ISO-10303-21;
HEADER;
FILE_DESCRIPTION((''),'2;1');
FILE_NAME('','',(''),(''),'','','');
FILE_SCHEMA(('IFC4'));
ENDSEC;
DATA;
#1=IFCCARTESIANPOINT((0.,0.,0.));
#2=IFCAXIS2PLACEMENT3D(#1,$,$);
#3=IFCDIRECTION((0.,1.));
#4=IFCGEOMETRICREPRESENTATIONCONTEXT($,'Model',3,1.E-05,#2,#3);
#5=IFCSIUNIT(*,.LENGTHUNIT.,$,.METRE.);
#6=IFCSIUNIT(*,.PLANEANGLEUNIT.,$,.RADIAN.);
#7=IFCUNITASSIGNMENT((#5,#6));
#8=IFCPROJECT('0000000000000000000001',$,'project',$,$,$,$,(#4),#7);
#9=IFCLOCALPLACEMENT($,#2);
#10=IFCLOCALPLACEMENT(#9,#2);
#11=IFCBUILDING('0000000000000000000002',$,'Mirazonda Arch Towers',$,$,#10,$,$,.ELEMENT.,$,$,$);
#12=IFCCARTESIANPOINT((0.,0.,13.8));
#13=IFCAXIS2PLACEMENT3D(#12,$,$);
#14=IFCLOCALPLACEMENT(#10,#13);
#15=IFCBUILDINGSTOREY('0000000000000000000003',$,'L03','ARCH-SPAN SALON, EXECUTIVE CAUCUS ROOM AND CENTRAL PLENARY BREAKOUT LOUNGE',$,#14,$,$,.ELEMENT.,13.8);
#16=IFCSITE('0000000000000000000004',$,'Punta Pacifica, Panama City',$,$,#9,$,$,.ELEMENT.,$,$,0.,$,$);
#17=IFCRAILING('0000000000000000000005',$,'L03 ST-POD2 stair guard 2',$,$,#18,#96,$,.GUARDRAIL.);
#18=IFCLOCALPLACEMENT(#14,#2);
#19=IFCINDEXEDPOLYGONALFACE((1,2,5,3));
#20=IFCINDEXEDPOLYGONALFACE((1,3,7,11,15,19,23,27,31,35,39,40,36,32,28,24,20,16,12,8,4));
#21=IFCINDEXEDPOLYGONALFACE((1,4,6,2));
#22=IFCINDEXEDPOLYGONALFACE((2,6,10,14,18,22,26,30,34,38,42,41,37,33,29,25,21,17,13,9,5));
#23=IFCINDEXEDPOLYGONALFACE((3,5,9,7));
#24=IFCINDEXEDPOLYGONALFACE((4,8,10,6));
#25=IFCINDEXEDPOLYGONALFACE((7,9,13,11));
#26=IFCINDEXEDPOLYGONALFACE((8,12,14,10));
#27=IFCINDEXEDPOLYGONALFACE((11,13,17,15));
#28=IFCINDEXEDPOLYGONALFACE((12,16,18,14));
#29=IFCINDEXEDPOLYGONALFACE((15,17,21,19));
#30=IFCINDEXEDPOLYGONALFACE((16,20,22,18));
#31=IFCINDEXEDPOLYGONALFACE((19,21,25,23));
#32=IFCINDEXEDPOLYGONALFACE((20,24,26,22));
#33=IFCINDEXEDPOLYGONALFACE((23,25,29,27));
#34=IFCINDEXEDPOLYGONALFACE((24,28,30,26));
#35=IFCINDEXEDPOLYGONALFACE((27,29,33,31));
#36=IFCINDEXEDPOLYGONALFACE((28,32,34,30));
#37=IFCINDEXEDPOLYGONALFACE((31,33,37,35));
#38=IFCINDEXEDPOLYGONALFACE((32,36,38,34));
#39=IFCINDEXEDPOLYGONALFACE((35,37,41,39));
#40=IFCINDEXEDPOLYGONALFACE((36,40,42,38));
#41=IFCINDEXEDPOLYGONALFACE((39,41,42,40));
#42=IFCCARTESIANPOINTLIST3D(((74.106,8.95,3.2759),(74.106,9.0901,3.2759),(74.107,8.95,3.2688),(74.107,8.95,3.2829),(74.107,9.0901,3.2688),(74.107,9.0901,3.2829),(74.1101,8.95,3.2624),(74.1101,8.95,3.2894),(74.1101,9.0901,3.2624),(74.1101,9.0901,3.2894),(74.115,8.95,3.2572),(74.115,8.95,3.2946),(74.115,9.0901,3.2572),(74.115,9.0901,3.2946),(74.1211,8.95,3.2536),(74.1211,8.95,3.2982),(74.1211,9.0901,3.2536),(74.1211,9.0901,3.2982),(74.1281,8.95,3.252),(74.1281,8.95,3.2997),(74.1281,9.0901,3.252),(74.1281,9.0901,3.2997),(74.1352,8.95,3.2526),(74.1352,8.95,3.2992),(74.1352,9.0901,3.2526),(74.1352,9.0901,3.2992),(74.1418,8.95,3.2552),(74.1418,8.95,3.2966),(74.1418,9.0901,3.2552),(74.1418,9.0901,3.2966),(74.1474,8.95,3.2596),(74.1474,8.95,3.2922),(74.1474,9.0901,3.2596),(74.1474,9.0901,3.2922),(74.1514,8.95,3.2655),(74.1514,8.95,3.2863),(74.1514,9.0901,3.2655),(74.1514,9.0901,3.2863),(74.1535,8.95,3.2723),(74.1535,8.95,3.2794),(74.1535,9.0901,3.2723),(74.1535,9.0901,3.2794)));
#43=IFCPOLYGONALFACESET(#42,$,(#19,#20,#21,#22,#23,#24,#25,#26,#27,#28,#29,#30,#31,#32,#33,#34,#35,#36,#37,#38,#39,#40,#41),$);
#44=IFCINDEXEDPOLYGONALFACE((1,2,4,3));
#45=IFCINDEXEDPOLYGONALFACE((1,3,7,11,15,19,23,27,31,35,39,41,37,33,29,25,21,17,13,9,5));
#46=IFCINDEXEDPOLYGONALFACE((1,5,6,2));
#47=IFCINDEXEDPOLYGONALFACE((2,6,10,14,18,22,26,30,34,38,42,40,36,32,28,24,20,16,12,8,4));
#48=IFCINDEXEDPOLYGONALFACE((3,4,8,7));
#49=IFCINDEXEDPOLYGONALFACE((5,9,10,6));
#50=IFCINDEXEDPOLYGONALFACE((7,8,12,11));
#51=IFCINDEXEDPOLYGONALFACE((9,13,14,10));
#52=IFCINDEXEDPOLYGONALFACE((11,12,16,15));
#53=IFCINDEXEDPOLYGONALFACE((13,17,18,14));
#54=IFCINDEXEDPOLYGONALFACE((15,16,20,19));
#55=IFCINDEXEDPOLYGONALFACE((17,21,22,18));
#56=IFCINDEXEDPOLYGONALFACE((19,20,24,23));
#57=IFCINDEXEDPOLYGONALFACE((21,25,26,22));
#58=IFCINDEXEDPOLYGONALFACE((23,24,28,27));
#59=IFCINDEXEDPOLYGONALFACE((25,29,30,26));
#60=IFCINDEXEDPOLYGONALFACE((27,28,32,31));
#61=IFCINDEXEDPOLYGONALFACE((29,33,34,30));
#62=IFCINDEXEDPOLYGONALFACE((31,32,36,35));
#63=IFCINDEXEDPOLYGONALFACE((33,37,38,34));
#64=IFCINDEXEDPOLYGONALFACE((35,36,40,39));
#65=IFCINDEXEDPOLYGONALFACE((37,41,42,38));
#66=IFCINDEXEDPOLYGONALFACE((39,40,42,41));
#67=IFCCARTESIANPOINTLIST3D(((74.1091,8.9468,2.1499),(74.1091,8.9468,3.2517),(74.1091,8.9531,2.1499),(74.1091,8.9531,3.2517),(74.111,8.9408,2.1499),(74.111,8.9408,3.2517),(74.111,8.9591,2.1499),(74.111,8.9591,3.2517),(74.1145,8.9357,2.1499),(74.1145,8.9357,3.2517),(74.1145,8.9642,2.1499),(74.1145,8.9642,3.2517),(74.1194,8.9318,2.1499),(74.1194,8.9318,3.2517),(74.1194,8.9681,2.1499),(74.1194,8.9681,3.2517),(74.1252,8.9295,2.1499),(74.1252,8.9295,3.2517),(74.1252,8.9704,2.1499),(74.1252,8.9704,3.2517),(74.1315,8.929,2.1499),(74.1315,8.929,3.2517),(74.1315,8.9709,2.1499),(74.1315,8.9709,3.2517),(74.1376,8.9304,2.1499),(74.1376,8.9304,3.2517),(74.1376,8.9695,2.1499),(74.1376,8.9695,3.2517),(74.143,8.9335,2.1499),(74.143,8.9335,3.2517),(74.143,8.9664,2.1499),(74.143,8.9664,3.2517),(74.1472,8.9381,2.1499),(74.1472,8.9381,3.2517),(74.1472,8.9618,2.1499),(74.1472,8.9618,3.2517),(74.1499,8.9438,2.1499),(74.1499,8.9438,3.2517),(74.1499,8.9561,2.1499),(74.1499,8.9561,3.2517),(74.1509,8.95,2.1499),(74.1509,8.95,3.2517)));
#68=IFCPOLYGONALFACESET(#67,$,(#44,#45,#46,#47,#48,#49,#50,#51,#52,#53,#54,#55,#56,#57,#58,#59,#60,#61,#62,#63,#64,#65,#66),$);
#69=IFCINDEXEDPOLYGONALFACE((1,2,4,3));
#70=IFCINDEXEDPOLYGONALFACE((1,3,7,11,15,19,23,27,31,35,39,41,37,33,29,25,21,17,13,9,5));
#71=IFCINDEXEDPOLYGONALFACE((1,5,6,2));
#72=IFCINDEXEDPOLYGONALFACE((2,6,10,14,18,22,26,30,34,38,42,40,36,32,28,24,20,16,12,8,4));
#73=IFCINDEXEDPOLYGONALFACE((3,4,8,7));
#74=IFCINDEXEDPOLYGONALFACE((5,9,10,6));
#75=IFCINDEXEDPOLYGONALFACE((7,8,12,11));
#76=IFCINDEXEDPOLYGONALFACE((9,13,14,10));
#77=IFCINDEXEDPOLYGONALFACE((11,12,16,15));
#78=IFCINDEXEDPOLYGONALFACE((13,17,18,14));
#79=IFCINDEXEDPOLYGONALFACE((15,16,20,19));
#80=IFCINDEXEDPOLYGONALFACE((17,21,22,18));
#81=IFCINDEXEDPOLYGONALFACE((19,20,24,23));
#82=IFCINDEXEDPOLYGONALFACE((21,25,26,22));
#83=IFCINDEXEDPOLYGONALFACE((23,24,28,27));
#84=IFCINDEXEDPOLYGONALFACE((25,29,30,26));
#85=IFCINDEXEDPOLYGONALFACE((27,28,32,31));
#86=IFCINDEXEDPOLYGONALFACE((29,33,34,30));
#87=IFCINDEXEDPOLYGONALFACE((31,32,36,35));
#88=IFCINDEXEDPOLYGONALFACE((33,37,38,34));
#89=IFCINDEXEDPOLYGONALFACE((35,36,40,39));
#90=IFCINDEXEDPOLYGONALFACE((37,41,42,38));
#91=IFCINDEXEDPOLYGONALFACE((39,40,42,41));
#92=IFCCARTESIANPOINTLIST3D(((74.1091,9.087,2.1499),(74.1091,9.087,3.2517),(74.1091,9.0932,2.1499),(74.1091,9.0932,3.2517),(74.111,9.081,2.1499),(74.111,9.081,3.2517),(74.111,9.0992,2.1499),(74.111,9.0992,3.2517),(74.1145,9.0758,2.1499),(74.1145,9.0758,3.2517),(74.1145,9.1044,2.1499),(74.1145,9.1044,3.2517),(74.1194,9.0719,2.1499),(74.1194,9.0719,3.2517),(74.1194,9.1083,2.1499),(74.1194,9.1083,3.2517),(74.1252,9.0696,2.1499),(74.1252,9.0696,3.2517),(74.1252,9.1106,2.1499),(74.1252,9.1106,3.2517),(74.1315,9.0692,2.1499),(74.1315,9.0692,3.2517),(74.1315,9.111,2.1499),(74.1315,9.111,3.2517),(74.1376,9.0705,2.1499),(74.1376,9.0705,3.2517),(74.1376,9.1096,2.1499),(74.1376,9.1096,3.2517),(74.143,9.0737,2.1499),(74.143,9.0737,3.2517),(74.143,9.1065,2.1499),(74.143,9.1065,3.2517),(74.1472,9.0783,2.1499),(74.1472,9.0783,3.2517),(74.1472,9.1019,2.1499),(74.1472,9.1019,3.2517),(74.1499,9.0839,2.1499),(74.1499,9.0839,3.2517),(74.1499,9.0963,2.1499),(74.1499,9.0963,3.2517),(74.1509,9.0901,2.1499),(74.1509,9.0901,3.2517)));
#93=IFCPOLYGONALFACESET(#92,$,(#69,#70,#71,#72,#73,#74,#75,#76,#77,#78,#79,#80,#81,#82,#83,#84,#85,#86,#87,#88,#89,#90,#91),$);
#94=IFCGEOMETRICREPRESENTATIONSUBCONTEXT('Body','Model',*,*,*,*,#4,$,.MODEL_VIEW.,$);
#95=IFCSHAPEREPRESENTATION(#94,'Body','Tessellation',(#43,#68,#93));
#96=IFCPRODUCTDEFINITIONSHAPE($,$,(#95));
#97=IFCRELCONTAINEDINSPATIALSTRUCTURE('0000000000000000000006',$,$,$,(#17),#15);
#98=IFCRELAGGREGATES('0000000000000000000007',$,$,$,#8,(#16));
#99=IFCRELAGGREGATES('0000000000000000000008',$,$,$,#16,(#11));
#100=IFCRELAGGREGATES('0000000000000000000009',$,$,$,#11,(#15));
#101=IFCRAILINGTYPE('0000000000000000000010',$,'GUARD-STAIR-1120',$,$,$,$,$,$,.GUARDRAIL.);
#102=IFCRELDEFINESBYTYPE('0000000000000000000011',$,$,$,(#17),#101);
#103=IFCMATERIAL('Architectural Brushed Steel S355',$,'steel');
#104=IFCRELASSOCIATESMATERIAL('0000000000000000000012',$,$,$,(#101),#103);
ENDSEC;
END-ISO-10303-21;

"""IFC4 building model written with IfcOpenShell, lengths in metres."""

from ifc_helpers import new_model, si_unit, direction, frame, origin, origin_2d, place, context, subcontext, project, spatial, circle, extrude, material, type_object, element, save


model = new_model("IFC4")

# Units and contexts
model_context = context("Model", 3, precision=1e-05, world=origin(), true_north=direction((0.0, 1.0)))
body_context = subcontext(model_context, "Body", "Model", "MODEL_VIEW")
ifc_project = project(units=[si_unit("LENGTHUNIT", "METRE"), si_unit("PLANEANGLEUNIT", "RADIAN")], contexts=[model_context])

# Site, building, storey
site_placement = place(None, origin())
site = spatial("IfcSite", under=ifc_project, at=site_placement, Name="Punta Pacifica, Panama City", CompositionType="ELEMENT", RefElevation=0.0)
building_placement = place(site_placement, origin())
building = spatial("IfcBuilding", under=site, at=building_placement, Name="Mirazonda Arch Towers", CompositionType="ELEMENT")
storey_placement = place(building_placement, frame((0.0, 0.0, 13.8)))
storey = spatial("IfcBuildingStorey", under=building, at=storey_placement, Name="L03", Description="ARCH-SPAN SALON, EXECUTIVE CAUCUS ROOM AND CENTRAL PLENARY BREAKOUT LOUNGE", CompositionType="ELEMENT", Elevation=13.8)

# Railing
ifc_material_1 = material(Name="Architectural Brushed Steel S355", Category="steel")
railing_type_1 = type_object("IfcRailingType", Name="GUARD-STAIR-1120", PredefinedType="GUARDRAIL", material=ifc_material_1)
railing_1_placement = place(storey_placement, frame((74.1299, 8.95, 2.1499)))
element("IfcRailing", 1, at=railing_1_placement, inside=storey, type_object=railing_type_1, Name="L03 ST-POD2 stair guard 2", PredefinedType="GUARDRAIL", context=body_context, shape_type="SweptSolid", body=[
    extrude(circle(Radius=0.0239, at=origin_2d()), frame((0.0, 0.0, 1.126), z_axis=(0.0, 1.0, 0.0), x_axis=(-1.0, 0.0, 0.0)), (0.0, 0.0, 1.0), 0.1401),
    extrude(circle(Radius=0.021, at=origin_2d()), origin(), (0.0, 0.0, 1.0), 1.1018),
    extrude(circle(Radius=0.021, at=origin_2d()), frame((0.0, 0.1401, 0.0)), (0.0, 0.0, 1.0), 1.1018),
])

save(model, "model.ifc")
